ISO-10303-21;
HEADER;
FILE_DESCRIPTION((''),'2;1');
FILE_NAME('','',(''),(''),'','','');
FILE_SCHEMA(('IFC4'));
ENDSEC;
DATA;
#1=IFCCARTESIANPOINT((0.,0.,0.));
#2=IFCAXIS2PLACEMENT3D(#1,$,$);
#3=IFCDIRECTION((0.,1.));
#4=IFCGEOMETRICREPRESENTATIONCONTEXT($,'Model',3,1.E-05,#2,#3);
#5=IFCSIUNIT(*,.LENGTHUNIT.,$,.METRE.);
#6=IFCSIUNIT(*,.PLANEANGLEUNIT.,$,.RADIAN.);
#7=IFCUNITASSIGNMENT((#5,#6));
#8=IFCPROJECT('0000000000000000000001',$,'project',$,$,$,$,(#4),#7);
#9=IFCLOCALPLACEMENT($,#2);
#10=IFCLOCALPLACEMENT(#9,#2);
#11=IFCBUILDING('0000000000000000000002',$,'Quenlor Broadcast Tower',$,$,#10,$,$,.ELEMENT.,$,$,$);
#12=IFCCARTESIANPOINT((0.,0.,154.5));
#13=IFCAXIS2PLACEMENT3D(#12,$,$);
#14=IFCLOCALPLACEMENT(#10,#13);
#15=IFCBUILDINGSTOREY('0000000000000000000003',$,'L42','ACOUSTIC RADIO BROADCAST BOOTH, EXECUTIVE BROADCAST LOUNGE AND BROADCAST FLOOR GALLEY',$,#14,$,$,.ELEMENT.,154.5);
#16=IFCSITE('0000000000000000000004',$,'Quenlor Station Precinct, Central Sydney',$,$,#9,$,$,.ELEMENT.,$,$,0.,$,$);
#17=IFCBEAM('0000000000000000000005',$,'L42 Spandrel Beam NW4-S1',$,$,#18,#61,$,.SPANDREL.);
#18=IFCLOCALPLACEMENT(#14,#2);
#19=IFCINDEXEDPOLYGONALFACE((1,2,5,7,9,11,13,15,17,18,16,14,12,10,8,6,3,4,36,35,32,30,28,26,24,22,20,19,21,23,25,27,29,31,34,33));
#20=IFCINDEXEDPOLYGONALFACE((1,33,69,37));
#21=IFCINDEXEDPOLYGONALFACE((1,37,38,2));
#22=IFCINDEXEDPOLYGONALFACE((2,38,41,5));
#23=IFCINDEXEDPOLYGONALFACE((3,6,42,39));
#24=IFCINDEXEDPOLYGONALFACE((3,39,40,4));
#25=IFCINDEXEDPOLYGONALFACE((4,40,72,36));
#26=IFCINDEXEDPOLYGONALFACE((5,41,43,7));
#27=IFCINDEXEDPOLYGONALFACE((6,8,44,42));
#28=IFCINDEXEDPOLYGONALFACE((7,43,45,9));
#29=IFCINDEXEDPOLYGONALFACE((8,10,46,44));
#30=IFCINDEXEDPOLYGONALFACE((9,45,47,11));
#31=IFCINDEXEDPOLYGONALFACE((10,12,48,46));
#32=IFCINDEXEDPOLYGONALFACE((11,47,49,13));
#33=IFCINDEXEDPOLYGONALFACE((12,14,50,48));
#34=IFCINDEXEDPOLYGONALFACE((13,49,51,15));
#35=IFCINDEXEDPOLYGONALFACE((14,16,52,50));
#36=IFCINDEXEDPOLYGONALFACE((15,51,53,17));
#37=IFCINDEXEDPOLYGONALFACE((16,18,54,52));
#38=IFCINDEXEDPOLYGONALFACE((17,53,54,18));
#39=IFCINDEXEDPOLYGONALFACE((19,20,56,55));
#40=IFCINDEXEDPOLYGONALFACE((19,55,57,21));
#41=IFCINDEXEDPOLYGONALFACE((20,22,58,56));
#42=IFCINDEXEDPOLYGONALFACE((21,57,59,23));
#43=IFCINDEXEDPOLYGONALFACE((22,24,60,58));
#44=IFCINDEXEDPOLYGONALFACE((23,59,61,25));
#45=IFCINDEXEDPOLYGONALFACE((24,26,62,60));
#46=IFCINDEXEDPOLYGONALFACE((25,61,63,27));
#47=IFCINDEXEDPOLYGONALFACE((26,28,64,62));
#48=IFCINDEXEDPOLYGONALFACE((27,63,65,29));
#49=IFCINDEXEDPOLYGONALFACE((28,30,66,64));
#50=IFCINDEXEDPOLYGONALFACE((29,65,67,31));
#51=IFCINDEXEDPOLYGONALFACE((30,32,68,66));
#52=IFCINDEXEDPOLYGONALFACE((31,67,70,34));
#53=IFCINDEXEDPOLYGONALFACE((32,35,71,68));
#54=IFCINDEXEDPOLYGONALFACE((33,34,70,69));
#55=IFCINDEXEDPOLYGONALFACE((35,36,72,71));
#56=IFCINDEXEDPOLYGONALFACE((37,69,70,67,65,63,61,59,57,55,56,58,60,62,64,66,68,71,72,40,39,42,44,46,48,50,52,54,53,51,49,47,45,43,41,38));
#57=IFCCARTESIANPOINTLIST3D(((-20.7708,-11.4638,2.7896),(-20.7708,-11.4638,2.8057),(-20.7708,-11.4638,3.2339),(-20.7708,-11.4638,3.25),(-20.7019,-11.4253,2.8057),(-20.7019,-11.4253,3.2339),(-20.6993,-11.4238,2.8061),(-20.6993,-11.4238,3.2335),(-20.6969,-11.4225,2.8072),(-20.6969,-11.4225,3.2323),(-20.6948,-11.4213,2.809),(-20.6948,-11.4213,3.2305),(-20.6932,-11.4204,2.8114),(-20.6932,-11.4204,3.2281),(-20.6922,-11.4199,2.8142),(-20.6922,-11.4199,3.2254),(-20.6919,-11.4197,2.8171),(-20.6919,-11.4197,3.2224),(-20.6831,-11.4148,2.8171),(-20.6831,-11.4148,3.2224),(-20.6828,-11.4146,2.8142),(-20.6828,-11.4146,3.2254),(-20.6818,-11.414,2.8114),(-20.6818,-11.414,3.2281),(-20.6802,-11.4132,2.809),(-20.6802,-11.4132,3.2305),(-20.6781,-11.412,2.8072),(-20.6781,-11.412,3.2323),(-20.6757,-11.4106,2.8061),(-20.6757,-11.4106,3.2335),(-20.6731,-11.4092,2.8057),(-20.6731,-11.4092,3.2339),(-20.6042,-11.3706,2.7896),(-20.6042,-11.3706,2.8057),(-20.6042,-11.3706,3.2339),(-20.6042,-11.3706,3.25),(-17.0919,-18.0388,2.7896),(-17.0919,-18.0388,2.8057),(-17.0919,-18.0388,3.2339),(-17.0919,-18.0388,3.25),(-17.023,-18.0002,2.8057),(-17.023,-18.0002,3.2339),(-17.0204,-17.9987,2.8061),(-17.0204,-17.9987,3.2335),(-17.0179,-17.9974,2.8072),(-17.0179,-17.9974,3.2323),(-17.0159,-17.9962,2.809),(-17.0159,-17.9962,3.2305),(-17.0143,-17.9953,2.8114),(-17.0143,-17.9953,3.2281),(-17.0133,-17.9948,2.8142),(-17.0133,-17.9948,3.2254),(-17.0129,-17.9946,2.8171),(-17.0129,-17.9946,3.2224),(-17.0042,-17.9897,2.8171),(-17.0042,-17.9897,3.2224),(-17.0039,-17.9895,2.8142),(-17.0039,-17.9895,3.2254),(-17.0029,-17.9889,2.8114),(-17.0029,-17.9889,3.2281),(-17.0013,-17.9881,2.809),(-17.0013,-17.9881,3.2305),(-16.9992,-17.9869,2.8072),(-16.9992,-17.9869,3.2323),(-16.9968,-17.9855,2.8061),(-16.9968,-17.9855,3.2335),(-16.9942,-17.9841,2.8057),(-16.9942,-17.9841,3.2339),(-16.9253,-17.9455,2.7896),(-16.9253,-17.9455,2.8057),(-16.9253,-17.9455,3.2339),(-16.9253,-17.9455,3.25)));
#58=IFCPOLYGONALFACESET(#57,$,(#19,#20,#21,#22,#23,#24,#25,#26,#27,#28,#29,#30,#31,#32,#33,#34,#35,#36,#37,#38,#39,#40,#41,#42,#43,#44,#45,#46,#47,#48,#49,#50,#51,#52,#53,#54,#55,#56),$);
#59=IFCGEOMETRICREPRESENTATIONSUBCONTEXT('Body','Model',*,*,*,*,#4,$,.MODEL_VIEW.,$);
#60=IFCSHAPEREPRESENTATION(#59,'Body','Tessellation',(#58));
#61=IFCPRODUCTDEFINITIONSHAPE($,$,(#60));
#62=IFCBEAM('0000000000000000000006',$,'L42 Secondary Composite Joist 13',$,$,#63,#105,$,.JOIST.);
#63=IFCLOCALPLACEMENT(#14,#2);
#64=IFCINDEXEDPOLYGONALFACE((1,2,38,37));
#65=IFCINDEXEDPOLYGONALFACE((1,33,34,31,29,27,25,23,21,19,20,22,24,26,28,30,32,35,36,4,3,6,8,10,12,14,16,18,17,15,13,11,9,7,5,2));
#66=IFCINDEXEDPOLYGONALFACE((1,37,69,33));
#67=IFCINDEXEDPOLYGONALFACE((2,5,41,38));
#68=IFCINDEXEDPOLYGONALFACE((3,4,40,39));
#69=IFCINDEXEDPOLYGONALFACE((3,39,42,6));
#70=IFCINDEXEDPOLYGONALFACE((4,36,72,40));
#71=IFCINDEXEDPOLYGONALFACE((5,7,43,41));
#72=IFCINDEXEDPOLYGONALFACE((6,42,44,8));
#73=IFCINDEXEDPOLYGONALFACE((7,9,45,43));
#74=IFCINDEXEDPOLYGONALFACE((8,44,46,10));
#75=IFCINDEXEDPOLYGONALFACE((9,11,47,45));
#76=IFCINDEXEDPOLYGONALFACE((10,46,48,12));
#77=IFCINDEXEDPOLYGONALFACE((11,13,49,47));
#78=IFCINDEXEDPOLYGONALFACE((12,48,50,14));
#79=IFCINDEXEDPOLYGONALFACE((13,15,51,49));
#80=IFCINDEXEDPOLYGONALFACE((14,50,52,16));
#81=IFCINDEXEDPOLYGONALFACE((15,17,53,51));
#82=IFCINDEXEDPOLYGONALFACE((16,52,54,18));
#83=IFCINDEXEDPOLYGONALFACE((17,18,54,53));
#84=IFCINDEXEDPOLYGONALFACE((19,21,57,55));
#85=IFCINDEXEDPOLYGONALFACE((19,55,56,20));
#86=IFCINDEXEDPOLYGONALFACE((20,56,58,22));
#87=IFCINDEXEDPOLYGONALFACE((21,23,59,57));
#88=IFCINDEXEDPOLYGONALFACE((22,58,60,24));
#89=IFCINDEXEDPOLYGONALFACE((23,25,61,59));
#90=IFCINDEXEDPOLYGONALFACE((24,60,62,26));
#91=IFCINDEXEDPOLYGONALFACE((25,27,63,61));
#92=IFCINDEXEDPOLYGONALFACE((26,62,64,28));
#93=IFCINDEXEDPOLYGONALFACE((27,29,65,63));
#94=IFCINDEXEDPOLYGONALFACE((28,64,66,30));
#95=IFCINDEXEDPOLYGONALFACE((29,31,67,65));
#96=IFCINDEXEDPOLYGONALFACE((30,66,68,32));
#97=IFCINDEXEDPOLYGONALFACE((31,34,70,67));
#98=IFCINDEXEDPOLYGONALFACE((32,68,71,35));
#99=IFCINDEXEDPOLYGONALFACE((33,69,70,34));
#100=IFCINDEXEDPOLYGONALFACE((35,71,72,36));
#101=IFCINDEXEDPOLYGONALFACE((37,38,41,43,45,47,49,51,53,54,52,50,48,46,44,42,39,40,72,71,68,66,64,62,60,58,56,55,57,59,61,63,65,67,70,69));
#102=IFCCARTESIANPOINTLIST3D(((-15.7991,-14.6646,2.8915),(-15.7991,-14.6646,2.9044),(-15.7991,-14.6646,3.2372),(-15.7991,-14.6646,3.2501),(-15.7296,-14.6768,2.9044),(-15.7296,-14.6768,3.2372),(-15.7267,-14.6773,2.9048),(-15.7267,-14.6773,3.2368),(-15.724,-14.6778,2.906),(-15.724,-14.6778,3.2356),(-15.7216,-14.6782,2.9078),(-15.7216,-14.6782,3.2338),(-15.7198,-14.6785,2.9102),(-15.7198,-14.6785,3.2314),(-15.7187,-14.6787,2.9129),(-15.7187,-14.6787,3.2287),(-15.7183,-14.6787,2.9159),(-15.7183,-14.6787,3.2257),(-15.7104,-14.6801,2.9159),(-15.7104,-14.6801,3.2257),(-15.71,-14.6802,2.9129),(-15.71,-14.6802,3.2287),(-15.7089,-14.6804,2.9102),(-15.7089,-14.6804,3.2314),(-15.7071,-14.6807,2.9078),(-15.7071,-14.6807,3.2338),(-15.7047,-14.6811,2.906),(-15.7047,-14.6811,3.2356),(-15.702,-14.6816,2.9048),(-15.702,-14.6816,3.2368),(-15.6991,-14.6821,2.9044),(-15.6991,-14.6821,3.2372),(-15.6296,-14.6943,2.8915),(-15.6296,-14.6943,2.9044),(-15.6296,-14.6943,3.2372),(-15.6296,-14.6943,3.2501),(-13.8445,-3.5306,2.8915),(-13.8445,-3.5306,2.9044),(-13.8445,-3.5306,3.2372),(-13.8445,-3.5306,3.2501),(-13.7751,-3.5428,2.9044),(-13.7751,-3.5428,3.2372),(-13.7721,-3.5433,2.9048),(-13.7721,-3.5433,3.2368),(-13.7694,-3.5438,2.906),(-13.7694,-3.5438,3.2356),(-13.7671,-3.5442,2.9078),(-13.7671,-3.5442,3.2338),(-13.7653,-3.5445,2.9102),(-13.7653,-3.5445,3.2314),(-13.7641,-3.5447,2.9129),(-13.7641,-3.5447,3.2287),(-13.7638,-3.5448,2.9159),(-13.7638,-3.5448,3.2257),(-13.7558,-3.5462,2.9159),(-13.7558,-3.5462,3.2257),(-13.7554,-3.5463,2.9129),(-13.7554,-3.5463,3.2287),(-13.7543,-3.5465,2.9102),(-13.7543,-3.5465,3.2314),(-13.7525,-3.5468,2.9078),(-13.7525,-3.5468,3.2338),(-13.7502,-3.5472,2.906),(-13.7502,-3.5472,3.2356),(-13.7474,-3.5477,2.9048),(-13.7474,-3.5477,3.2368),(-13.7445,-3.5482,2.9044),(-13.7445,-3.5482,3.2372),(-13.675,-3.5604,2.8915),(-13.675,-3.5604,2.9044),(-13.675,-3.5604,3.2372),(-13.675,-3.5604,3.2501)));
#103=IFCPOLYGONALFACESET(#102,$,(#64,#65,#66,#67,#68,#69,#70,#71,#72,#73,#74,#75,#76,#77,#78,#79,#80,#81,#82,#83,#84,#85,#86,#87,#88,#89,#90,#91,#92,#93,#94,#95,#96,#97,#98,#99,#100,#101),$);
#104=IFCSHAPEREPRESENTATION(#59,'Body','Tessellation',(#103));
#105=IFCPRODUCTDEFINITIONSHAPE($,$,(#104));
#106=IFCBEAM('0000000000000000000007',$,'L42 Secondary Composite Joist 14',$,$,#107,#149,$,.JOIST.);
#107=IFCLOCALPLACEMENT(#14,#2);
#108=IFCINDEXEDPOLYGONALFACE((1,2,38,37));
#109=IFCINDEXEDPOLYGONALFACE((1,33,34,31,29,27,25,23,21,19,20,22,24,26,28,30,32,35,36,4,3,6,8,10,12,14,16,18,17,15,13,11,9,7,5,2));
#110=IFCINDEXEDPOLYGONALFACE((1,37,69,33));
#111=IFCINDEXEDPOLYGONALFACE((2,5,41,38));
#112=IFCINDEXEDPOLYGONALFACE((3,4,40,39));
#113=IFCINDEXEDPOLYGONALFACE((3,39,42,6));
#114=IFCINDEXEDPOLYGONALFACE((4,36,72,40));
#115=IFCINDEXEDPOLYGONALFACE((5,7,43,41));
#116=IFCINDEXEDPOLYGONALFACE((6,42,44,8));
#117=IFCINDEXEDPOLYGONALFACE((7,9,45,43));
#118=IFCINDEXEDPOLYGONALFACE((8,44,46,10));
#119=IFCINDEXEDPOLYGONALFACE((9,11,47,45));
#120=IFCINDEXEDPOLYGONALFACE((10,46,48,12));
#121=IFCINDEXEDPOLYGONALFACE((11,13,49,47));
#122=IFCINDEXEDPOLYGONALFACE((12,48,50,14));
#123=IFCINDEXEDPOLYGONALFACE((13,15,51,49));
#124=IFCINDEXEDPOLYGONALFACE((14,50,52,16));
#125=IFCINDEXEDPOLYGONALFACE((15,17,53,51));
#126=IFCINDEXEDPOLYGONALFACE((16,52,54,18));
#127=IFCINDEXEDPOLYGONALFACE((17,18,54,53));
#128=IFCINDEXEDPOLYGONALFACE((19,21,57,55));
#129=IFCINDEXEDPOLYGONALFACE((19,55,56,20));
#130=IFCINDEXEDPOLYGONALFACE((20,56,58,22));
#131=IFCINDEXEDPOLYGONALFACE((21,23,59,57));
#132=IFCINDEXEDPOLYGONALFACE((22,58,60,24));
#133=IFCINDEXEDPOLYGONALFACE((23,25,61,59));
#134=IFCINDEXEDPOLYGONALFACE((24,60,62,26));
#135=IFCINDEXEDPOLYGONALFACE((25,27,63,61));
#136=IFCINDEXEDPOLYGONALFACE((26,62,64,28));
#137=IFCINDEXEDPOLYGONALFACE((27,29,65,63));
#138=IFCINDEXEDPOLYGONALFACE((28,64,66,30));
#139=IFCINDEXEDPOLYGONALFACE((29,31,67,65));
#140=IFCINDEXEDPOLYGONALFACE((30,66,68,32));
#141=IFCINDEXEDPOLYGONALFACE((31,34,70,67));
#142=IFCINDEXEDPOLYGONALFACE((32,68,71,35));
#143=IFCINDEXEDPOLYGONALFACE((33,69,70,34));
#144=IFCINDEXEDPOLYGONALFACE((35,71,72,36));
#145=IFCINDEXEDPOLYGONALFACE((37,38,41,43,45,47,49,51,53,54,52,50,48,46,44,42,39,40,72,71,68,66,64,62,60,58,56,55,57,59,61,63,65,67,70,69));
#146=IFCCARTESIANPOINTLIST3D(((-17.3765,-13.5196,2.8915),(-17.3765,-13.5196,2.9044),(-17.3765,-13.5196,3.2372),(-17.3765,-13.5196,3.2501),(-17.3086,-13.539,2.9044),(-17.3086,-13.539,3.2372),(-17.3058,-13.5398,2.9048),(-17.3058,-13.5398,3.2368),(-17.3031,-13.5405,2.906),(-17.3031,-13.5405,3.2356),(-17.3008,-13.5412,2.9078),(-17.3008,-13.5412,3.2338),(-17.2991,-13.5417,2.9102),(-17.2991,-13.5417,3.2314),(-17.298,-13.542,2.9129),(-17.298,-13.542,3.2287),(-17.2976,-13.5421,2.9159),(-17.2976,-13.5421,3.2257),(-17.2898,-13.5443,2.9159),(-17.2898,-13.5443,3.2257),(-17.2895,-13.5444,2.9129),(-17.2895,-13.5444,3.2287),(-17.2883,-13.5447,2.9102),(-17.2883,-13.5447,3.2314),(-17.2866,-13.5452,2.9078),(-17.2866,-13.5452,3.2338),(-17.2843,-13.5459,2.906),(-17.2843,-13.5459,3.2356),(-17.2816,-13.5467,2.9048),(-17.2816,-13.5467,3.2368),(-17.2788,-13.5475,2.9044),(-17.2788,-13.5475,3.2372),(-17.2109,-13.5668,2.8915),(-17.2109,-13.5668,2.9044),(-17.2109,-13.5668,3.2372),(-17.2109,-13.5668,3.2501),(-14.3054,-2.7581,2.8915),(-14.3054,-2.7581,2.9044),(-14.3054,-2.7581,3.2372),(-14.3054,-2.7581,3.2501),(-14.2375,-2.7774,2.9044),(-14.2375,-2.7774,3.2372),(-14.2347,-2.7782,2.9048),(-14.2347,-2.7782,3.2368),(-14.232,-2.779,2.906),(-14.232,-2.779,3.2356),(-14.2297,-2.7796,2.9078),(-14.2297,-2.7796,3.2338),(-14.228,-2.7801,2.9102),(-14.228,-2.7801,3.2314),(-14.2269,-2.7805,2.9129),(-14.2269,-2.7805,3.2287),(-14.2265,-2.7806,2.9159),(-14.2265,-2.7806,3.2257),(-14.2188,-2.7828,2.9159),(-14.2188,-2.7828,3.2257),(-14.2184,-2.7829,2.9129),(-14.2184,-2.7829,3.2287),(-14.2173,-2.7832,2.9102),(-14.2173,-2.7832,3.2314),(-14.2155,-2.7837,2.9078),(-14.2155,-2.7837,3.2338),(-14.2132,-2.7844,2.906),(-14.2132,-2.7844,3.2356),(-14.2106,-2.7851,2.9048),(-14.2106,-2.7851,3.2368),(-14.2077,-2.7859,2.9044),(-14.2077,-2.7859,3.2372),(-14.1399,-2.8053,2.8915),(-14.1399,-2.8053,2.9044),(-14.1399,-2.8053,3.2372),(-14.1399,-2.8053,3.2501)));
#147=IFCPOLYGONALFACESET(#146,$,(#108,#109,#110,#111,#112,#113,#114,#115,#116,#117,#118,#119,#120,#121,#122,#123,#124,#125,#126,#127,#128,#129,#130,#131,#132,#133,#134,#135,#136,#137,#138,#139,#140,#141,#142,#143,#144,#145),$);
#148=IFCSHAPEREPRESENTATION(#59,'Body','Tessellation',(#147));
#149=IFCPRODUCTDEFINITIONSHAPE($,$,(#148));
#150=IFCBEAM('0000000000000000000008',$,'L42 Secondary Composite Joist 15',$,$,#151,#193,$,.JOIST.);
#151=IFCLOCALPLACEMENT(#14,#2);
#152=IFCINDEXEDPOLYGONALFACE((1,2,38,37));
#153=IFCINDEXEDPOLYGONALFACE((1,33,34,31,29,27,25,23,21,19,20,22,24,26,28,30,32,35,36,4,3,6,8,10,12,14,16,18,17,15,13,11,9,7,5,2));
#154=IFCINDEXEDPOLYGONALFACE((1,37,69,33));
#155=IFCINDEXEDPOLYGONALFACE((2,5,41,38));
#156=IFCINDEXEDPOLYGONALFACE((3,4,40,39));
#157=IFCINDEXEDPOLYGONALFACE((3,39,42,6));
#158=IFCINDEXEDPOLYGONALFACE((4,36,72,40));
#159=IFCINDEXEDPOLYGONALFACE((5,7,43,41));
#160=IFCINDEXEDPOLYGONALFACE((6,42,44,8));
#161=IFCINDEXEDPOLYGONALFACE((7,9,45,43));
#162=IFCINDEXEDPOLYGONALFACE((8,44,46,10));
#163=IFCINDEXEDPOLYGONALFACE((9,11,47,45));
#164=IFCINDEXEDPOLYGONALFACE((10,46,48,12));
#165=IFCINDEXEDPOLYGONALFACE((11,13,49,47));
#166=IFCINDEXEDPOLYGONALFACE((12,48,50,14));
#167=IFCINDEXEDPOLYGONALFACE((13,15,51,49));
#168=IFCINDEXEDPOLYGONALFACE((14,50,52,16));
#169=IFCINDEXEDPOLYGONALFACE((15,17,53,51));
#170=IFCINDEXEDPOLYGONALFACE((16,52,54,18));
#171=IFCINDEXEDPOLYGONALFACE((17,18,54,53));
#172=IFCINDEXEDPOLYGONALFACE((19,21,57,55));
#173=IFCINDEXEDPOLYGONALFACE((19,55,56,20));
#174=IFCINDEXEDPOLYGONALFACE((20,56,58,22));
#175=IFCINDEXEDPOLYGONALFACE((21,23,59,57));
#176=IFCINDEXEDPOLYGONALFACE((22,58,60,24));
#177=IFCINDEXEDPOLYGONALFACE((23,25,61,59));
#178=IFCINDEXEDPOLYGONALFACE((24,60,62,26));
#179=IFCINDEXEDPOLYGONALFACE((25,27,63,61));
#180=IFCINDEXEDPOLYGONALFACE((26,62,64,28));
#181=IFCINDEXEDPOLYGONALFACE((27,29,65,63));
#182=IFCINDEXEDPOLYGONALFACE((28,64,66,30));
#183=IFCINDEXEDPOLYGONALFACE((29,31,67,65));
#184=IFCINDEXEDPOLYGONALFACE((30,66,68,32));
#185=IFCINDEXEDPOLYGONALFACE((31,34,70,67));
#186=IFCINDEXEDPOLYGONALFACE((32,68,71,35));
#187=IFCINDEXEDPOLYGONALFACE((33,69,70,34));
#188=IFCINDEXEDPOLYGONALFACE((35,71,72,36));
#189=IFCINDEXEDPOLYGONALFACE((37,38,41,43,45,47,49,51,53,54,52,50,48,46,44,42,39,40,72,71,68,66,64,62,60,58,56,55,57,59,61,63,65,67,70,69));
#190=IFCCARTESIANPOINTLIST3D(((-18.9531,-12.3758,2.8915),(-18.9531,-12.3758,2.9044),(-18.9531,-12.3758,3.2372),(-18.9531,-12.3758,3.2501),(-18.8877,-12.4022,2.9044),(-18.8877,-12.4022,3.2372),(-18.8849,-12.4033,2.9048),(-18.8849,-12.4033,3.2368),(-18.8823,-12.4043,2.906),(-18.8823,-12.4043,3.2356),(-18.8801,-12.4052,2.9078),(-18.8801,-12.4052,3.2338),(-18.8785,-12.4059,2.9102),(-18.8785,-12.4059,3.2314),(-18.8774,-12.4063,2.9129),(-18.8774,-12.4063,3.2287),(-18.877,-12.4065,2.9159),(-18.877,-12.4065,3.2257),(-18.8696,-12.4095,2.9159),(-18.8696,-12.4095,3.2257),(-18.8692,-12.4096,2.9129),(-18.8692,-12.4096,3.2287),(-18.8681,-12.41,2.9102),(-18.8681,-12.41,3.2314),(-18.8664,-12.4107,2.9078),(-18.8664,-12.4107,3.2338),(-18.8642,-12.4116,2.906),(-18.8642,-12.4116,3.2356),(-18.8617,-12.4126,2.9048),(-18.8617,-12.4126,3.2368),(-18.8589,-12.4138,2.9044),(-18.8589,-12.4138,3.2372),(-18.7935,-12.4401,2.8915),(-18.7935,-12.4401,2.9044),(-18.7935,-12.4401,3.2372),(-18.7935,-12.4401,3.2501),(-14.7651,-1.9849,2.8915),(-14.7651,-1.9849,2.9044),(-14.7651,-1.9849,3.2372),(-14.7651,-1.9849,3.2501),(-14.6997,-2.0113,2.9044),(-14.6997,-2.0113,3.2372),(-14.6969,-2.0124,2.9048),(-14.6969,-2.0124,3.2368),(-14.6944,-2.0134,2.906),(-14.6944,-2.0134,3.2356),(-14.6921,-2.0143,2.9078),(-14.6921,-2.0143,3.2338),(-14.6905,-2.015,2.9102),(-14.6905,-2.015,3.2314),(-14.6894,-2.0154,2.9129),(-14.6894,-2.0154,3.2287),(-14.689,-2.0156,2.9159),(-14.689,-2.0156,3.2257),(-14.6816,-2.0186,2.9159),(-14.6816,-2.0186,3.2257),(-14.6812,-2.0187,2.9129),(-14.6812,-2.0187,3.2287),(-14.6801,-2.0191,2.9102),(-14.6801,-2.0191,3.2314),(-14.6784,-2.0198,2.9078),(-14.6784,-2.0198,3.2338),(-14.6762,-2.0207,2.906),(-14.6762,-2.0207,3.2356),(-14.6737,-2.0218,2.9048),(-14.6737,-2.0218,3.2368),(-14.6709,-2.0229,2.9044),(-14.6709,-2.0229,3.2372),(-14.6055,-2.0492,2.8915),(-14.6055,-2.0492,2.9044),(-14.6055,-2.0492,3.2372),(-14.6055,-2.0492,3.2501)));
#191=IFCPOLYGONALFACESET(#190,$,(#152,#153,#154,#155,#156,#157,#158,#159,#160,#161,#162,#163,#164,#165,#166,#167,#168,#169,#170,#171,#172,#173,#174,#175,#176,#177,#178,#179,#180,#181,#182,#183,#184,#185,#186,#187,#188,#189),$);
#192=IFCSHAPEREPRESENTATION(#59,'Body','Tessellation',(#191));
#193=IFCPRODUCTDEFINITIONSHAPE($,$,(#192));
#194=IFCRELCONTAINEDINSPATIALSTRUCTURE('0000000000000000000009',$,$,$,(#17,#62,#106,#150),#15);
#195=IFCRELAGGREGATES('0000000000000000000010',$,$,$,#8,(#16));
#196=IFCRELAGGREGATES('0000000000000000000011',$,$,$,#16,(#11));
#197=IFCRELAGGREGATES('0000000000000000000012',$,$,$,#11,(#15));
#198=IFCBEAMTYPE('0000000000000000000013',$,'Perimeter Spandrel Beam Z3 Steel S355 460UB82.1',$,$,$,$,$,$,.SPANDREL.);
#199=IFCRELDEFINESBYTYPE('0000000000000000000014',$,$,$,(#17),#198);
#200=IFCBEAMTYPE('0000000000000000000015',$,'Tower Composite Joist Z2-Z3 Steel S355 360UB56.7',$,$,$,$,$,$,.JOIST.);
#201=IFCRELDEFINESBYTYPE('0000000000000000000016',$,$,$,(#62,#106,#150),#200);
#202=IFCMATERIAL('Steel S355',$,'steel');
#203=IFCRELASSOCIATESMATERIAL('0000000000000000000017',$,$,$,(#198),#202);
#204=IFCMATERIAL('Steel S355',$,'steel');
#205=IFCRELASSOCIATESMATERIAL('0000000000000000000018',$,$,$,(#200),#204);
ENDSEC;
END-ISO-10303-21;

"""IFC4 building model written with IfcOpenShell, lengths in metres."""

from ifc_helpers import new_model, si_unit, direction, frame, origin, origin_2d, place, context, subcontext, project, spatial, i_section, extrude, material, material_profile, profile_set, type_object, element, save


model = new_model("IFC4")

# Units and contexts
model_context = context("Model", 3, precision=1e-05, world=origin(), true_north=direction((0.0, 1.0)))
body_context = subcontext(model_context, "Body", "Model", "MODEL_VIEW")
ifc_project = project(units=[si_unit("LENGTHUNIT", "METRE"), si_unit("PLANEANGLEUNIT", "RADIAN")], contexts=[model_context])

# Site, building, storey
site_placement = place(None, origin())
site = spatial("IfcSite", under=ifc_project, at=site_placement, Name="Quenlor Station Precinct, Central Sydney", CompositionType="ELEMENT", RefElevation=0.0)
building_placement = place(site_placement, origin())
building = spatial("IfcBuilding", under=site, at=building_placement, Name="Quenlor Broadcast Tower", CompositionType="ELEMENT")
storey_placement = place(building_placement, frame((0.0, 0.0, 154.5)))
storey = spatial("IfcBuildingStorey", under=building, at=storey_placement, Name="L42", Description="ACOUSTIC RADIO BROADCAST BOOTH, EXECUTIVE BROADCAST LOUNGE AND BROADCAST FLOOR GALLEY", CompositionType="ELEMENT", Elevation=154.5)

# Beams
ifc_material_1 = material(Name="Steel S355", Category="steel")
ifc_material_profile_1 = material_profile(ifc_material_1, i_section(OverallWidth=0.1909, OverallDepth=0.4604, WebThickness=0.01, FlangeThickness=0.0161, FilletRadius=0.0115, at=origin_2d()))
ifc_profile_set_1 = profile_set([ifc_material_profile_1], Name="Steel S355 460UB82.1")
beam_type_1 = type_object("IfcBeamType", Name="Perimeter Spandrel Beam Z3 Steel S355 460UB82.1", PredefinedType="SPANDREL", material=ifc_profile_set_1)
beam_1_placement = place(storey_placement, frame((-20.6875, -11.4172, 3.0198), z_axis=(0.488298, -0.872677, 0.0), x_axis=(0.872677, 0.488298, 0.0)))
element("IfcBeam", 1, at=beam_1_placement, inside=storey, type_object=beam_type_1, Name="L42 Spandrel Beam NW4-S1", PredefinedType="SPANDREL", context=body_context, shape_type="SweptSolid", body=[
    extrude(i_section(OverallWidth=0.1909, OverallDepth=0.4604, WebThickness=0.01, FlangeThickness=0.0161, FilletRadius=0.0115, at=origin_2d()), origin(), (0.0, 0.0, 1.0), 7.5342),
])
ifc_material_2 = material(Name="Steel S355", Category="steel")
ifc_material_profile_2 = material_profile(ifc_material_2, i_section(OverallWidth=0.1721, OverallDepth=0.3586, WebThickness=0.0081, FlangeThickness=0.0129, FilletRadius=0.0115, at=origin_2d()))
ifc_profile_set_2 = profile_set([ifc_material_profile_2], Name="Steel S355 360UB56.7")
beam_type_2 = type_object("IfcBeamType", Name="Tower Composite Joist Z2-Z3 Steel S355 360UB56.7", PredefinedType="JOIST", material=ifc_profile_set_2)
beam_2_placement = place(storey_placement, frame((-15.7144, -14.6794, 3.0708), z_axis=(0.172907, 0.984938, 0.0), x_axis=(-0.984938, 0.172907, 0.0)))
element("IfcBeam", 2, at=beam_2_placement, inside=storey, type_object=beam_type_2, Name="L42 Secondary Composite Joist 13", PredefinedType="JOIST", context=body_context, shape_type="SweptSolid", body=[
    extrude(i_section(OverallWidth=0.1721, OverallDepth=0.3586, WebThickness=0.0081, FlangeThickness=0.0129, FilletRadius=0.0115, at=origin_2d()), origin(), (0.0, 0.0, 1.0), 11.3042),
])
beam_3_placement = place(storey_placement, frame((-17.2937, -13.5432, 3.0708), z_axis=(0.274419, 0.96161, 0.0), x_axis=(-0.96161, 0.274419, 0.0)))
element("IfcBeam", 3, at=beam_3_placement, inside=storey, type_object=beam_type_2, Name="L42 Secondary Composite Joist 14", PredefinedType="JOIST", context=body_context, shape_type="SweptSolid", body=[
    extrude(i_section(OverallWidth=0.1721, OverallDepth=0.3586, WebThickness=0.0081, FlangeThickness=0.0129, FilletRadius=0.0115, at=origin_2d()), origin(), (0.0, 0.0, 1.0), 11.1912),
])
beam_4_placement = place(storey_placement, frame((-18.8733, -12.408, 3.0708), z_axis=(0.373824, 0.9275, 0.0), x_axis=(-0.9275, 0.373824, 0.0)))
element("IfcBeam", 4, at=beam_4_placement, inside=storey, type_object=beam_type_2, Name="L42 Secondary Composite Joist 15", PredefinedType="JOIST", context=body_context, shape_type="SweptSolid", body=[
    extrude(i_section(OverallWidth=0.1721, OverallDepth=0.3586, WebThickness=0.0081, FlangeThickness=0.0129, FilletRadius=0.0115, at=origin_2d()), origin(), (0.0, 0.0, 1.0), 11.2031),
])

save(model, "model.ifc")
